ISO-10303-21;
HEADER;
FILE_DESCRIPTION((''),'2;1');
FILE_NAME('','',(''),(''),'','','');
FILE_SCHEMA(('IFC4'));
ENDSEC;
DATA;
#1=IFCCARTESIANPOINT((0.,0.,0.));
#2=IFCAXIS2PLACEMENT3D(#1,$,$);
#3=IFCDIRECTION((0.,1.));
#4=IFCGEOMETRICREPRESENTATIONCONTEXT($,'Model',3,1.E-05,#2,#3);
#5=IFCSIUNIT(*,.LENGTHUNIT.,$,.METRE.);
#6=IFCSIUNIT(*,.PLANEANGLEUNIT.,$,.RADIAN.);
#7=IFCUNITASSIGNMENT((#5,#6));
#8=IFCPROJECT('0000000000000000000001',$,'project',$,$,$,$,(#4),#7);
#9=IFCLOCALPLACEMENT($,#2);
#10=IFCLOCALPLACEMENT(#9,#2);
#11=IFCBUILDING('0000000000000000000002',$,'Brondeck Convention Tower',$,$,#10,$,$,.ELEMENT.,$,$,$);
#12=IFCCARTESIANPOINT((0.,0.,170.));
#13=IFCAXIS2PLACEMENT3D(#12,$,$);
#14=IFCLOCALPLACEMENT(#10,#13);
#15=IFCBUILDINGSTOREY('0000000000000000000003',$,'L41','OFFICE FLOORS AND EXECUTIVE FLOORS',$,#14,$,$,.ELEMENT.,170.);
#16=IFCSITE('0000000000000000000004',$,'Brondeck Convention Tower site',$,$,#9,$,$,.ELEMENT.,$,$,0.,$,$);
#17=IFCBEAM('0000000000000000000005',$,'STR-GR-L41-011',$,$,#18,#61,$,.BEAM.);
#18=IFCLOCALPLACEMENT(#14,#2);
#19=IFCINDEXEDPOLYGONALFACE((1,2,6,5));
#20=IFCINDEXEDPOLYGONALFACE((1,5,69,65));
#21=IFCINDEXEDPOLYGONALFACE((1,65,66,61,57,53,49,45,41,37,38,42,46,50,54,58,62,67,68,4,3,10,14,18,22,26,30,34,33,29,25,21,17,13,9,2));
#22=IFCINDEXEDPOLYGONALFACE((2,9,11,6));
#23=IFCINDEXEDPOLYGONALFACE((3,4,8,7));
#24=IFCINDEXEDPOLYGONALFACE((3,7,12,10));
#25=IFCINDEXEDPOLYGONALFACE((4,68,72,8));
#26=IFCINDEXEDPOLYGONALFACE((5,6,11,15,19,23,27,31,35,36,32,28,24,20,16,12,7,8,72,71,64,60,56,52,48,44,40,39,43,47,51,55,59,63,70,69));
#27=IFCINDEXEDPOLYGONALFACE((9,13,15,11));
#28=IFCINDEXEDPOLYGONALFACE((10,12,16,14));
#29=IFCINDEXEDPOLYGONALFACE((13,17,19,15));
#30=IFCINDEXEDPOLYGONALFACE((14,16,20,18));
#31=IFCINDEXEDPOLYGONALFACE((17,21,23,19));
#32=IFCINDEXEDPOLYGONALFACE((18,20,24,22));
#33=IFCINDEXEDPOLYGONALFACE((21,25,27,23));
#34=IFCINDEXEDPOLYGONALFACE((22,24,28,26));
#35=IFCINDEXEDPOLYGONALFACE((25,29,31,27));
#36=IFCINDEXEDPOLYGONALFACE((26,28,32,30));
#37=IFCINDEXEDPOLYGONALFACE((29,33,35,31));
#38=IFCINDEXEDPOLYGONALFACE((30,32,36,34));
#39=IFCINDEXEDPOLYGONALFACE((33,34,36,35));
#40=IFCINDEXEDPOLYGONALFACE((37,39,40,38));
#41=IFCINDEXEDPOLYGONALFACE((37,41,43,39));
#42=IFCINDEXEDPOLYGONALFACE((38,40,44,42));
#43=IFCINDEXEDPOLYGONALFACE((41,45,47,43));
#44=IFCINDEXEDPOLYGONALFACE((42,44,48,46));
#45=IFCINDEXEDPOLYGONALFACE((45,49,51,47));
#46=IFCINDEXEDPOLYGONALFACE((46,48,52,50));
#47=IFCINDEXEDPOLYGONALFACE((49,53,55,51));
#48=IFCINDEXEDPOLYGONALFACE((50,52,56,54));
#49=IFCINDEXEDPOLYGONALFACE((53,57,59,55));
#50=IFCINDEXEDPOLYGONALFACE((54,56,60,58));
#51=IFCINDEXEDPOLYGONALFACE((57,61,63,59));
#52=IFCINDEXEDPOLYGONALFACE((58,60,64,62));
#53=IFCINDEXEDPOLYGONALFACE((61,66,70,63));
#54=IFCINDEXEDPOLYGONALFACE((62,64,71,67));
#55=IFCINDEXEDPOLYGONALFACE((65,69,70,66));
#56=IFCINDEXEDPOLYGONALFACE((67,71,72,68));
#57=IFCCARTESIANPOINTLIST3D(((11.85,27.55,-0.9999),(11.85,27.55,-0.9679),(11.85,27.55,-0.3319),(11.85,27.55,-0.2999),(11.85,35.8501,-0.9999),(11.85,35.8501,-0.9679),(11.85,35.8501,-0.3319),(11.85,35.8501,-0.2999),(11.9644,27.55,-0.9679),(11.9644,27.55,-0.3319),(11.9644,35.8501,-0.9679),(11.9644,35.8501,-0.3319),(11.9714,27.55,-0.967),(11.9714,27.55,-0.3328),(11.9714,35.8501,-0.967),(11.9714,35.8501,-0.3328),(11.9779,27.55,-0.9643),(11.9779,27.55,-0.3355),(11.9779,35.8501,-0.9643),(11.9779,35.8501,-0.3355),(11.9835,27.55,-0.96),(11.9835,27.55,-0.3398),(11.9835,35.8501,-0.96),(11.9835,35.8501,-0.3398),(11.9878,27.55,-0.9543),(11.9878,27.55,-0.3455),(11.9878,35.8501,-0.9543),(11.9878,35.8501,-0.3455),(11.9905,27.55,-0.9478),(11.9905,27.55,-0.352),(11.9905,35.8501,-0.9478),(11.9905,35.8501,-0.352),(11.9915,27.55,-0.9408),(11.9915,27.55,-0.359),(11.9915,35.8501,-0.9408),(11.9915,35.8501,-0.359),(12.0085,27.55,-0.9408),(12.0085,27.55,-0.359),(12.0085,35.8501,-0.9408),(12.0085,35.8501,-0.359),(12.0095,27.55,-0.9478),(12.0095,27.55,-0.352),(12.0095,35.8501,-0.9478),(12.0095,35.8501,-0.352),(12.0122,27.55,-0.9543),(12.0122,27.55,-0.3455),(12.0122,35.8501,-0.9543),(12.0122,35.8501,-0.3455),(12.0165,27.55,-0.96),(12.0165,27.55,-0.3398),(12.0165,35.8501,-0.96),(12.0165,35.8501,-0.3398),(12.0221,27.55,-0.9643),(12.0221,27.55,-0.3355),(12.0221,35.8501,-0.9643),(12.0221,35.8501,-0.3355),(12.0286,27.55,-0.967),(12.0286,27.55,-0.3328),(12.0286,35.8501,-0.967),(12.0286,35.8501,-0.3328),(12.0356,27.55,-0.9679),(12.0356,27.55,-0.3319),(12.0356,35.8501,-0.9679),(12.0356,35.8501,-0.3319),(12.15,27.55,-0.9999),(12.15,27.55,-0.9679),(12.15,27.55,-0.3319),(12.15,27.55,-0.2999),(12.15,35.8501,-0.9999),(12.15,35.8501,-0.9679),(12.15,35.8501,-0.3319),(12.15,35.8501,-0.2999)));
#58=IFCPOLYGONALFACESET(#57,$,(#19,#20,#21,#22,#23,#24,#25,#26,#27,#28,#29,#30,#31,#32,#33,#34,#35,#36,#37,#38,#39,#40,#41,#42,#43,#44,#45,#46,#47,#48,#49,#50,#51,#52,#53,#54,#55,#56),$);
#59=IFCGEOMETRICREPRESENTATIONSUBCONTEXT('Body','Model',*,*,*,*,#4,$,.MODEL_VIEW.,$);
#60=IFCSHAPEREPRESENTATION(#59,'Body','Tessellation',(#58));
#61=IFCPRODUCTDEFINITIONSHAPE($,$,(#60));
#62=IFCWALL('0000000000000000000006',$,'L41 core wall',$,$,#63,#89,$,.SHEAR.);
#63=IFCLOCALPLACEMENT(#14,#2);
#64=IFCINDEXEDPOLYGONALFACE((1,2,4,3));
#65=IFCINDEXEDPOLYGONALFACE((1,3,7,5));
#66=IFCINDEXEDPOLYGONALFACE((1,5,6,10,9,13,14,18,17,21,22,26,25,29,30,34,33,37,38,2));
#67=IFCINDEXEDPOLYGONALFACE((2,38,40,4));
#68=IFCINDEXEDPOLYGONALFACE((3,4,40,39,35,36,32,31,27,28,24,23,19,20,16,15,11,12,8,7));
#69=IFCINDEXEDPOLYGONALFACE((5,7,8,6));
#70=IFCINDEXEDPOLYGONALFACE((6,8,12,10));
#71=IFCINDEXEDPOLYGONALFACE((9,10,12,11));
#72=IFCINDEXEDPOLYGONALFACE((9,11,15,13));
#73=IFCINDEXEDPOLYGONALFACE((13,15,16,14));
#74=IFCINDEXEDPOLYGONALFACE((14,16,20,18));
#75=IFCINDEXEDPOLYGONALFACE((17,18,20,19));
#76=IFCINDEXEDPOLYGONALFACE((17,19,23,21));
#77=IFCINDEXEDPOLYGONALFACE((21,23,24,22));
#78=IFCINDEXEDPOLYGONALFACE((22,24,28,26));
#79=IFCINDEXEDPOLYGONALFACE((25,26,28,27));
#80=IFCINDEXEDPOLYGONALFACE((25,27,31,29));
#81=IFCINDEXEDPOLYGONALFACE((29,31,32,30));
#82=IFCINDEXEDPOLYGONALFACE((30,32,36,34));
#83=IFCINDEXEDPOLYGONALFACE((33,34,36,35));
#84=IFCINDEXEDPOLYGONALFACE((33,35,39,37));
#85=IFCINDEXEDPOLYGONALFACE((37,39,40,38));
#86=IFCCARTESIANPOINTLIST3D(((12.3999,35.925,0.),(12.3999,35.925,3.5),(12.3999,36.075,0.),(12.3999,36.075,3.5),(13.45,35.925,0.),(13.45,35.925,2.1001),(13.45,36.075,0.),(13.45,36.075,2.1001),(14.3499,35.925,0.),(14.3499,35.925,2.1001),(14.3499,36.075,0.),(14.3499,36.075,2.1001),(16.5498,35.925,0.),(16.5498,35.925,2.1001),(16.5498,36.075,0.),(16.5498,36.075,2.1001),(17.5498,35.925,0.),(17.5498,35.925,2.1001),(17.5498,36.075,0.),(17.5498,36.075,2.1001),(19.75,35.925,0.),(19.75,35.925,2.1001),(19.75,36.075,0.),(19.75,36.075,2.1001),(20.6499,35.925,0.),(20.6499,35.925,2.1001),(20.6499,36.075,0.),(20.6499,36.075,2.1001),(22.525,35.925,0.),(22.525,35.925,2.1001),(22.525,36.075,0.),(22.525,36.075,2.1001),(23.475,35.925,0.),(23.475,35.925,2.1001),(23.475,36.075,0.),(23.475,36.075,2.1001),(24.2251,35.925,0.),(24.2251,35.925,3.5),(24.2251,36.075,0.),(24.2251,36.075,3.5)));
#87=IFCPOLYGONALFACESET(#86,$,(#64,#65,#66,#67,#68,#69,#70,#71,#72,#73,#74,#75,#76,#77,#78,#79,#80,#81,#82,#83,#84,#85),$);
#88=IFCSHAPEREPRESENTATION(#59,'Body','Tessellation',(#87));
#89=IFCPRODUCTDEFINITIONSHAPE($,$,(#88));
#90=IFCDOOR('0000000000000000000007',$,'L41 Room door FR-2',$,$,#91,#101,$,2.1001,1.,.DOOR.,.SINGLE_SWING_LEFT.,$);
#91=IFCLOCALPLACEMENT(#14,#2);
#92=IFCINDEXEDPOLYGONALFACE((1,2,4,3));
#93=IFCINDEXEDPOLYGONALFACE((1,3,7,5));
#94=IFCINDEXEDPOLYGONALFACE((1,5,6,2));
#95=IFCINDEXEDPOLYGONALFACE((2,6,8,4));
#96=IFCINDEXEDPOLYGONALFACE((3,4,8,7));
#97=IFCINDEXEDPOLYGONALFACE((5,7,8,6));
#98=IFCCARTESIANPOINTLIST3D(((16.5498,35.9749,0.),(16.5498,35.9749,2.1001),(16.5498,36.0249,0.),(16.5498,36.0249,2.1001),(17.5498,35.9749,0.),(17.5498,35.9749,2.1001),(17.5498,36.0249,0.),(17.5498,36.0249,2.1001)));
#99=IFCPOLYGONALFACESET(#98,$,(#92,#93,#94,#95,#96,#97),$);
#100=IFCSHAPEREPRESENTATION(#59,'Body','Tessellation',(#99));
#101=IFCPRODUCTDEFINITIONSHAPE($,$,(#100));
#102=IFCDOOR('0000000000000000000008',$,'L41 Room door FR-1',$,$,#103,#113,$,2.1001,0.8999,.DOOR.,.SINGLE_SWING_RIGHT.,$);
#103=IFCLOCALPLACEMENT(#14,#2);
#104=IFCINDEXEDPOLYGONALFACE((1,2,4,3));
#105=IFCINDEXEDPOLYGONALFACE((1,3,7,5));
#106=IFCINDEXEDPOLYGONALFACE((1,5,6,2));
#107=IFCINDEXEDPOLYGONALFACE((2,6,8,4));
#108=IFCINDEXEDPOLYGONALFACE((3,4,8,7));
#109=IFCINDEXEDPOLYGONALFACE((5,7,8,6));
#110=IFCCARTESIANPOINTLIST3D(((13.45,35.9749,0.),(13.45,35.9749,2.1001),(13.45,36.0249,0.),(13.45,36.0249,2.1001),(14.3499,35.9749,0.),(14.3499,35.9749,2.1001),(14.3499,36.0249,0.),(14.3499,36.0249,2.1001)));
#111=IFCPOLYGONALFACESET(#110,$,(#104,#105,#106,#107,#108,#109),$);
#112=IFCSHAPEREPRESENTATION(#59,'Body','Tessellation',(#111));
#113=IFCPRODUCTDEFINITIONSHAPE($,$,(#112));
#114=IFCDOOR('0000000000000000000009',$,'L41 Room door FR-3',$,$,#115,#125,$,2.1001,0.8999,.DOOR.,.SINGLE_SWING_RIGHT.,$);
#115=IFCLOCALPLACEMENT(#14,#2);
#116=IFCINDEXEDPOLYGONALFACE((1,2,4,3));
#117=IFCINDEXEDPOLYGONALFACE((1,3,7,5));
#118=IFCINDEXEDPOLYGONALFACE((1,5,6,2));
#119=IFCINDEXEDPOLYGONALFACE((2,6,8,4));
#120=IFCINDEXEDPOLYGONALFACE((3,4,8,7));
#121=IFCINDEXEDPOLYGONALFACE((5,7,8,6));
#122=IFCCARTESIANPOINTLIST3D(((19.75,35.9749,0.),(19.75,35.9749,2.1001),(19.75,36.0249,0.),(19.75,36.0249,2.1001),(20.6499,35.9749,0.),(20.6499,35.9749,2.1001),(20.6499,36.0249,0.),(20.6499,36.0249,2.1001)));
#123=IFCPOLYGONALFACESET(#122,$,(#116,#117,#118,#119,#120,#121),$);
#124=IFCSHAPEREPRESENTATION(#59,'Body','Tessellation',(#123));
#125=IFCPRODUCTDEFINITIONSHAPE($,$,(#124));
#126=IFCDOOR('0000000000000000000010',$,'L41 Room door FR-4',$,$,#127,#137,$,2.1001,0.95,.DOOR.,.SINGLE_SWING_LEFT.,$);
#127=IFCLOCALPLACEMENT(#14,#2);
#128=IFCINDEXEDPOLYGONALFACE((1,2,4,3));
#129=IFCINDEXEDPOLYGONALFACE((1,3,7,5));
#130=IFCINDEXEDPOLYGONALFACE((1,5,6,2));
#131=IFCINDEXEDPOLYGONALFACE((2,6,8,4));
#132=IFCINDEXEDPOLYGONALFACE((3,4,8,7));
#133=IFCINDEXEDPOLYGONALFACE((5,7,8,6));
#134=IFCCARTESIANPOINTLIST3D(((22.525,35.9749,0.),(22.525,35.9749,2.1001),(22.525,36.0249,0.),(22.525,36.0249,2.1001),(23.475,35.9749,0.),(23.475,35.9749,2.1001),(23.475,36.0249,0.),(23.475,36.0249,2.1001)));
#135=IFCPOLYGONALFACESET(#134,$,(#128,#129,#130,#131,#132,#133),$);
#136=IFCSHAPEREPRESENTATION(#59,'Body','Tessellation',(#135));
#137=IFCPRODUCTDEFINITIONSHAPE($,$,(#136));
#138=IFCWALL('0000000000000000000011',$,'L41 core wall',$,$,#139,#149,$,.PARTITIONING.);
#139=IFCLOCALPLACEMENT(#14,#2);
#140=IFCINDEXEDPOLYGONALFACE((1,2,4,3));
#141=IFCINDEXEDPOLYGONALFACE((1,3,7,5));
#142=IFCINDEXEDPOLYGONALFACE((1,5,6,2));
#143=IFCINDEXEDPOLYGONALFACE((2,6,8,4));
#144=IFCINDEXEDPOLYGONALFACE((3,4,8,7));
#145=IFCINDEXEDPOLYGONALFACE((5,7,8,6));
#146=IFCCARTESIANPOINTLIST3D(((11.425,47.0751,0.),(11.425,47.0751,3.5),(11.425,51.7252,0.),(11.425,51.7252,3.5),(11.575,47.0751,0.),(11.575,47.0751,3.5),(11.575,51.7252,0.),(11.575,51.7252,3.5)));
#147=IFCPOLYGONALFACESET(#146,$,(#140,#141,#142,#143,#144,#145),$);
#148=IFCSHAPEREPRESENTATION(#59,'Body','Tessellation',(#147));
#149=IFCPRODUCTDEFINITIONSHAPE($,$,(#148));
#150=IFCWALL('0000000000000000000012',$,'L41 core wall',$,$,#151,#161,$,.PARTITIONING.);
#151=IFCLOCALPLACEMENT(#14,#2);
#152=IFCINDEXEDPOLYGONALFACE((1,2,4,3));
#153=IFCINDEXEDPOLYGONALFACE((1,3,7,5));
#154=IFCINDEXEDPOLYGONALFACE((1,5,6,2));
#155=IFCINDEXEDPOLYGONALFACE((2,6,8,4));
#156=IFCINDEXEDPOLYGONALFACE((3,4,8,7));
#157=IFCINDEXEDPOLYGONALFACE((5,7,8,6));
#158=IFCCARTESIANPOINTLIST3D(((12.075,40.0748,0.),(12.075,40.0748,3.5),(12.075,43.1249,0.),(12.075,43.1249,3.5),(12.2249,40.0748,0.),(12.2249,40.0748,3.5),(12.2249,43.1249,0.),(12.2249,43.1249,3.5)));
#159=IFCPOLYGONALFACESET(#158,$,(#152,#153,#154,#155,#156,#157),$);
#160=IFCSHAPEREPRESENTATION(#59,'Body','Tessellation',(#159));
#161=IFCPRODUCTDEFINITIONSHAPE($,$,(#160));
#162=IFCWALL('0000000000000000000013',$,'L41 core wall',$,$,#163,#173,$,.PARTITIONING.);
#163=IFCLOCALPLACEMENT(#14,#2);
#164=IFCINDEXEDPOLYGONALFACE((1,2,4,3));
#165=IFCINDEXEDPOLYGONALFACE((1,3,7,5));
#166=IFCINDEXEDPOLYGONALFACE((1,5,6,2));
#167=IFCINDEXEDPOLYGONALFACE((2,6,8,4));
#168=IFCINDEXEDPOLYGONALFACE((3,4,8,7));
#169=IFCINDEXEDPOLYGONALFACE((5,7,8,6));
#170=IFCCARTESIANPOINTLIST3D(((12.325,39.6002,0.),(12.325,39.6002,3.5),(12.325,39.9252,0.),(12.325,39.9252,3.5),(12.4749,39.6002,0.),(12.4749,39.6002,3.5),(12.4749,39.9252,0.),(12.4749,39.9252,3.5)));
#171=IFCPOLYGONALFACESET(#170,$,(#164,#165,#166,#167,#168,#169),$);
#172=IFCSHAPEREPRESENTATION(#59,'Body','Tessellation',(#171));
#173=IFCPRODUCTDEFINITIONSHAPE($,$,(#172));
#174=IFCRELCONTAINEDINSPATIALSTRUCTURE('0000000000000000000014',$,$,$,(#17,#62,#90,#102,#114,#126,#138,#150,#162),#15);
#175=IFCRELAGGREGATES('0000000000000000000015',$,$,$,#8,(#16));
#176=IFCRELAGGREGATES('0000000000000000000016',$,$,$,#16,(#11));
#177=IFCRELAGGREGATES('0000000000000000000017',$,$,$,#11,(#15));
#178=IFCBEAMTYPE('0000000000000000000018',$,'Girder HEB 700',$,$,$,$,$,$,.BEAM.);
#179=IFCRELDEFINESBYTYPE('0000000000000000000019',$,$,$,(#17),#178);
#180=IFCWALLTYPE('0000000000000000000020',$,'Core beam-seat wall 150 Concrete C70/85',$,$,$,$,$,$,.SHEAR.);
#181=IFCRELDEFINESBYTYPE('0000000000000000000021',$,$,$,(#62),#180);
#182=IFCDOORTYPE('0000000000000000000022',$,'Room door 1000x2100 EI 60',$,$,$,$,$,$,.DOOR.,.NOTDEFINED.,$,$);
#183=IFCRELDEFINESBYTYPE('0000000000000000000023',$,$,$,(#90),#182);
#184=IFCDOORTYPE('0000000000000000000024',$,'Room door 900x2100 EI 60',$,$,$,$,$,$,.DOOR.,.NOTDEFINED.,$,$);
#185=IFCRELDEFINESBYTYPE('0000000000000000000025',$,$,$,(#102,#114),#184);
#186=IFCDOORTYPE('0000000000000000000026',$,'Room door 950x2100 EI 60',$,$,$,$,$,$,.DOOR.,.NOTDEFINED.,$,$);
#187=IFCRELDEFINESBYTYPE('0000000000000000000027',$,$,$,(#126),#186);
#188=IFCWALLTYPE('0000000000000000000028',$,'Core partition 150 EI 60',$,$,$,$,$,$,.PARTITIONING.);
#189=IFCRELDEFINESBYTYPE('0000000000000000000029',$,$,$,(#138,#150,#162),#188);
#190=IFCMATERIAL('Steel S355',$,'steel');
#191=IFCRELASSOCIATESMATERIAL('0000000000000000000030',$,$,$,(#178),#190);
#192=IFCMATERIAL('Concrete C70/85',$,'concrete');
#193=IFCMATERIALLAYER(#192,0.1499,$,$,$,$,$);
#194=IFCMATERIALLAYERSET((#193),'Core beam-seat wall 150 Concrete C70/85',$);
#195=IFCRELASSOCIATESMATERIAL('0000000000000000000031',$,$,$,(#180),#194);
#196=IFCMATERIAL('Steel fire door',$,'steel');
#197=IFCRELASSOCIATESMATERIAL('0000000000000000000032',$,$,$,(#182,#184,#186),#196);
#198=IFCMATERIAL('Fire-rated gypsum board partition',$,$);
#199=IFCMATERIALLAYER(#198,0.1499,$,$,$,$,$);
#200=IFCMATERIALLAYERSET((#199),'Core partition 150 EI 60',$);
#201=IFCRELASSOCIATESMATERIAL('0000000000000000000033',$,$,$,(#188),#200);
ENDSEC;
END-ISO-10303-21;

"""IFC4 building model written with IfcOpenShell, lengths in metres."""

from ifc_helpers import new_model, si_unit, direction, frame, frame_2d, origin, origin_2d, place, context, subcontext, project, spatial, rectangle, i_section, extrude, material, layer, layer_set, material_profile, profile_set, type_object, element, fill, save


model = new_model("IFC4")

# Units and contexts
model_context = context("Model", 3, precision=1e-05, world=origin(), true_north=direction((0.0, 1.0)))
body_context = subcontext(model_context, "Body", "Model", "MODEL_VIEW")
ifc_project = project(units=[si_unit("LENGTHUNIT", "METRE"), si_unit("PLANEANGLEUNIT", "RADIAN")], contexts=[model_context])

# Site, building, storey
site_placement = place(None, origin())
site = spatial("IfcSite", under=ifc_project, at=site_placement, Name="Brondeck Convention Tower site", CompositionType="ELEMENT", RefElevation=0.0)
building_placement = place(site_placement, origin())
building = spatial("IfcBuilding", under=site, at=building_placement, Name="Brondeck Convention Tower", CompositionType="ELEMENT")
storey_placement = place(building_placement, frame((0.0, 0.0, 170.0)))
storey = spatial("IfcBuildingStorey", under=building, at=storey_placement, Name="L41", Description="OFFICE FLOORS AND EXECUTIVE FLOORS", CompositionType="ELEMENT", Elevation=170.0)

# Beam
ifc_material_1 = material(Name="Steel S355", Category="steel")
ifc_material_profile = material_profile(ifc_material_1, i_section(OverallWidth=0.3, OverallDepth=0.7, WebThickness=0.0171, FlangeThickness=0.032, FilletRadius=0.0271, at=origin_2d()), Name="HEB 700")
ifc_profile_set = profile_set([ifc_material_profile], Name="Steel S355")
beam_type = type_object("IfcBeamType", Name="Girder HEB 700", PredefinedType="BEAM", material=ifc_profile_set)
beam_placement = place(storey_placement, frame((12.0, 35.8501, -0.6499), z_axis=(0.0, -1.0, 0.0), x_axis=(1.0, 0.0, 0.0)))
element("IfcBeam", 1, at=beam_placement, inside=storey, type_object=beam_type, Name="STR-GR-L41-011", PredefinedType="BEAM", context=body_context, shape_type="SweptSolid", body=[
    extrude(i_section(OverallWidth=0.3, OverallDepth=0.7, WebThickness=0.0171, FlangeThickness=0.032, FilletRadius=0.0271, at=origin_2d()), origin(), (0.0, 0.0, 1.0), 8.3),
])

# Wall, openings, doors
ifc_material_2 = material(Name="Concrete C70/85", Category="concrete")
ifc_layer_1 = layer(ifc_material_2, 0.1499)
ifc_layer_set_1 = layer_set([ifc_layer_1], Name="Core beam-seat wall 150 Concrete C70/85")
wall_type_1 = type_object("IfcWallType", Name="Core beam-seat wall 150 Concrete C70/85", PredefinedType="SHEAR", material=ifc_layer_set_1)
wall_1_placement = place(storey_placement, frame((12.3999, 36.0, 0.0), z_axis=(0.0, 0.0, 1.0), x_axis=(1.0, 0.0, 0.0)))
wall_1 = element("IfcWall", 2, at=wall_1_placement, inside=storey, type_object=wall_type_1, Name="L41 core wall", PredefinedType="SHEAR", context=body_context, shape_type="SweptSolid", body=[
    extrude(rectangle(XDim=11.8252, YDim=0.1499, at=frame_2d((5.9126, 0.0))), origin(), (0.0, 0.0, 1.0), 3.5),
])
opening_1_placement = place(wall_1_placement, frame((1.05, 0.0, 0.0)))
opening_1 = element("IfcOpeningElement", 3, at=opening_1_placement, cuts=wall_1, PredefinedType="OPENING", context=body_context, shape_type="SweptSolid", body=[
    extrude(rectangle(XDim=0.8999, YDim=2.1001, at=frame_2d((0.45, 1.05))), frame((0.0, 0.085, 0.0), z_axis=(0.0, -1.0, 0.0), x_axis=(1.0, 0.0, 0.0)), (0.0, 0.0, 1.0), 0.1699),
])
opening_2_placement = place(wall_1_placement, frame((4.1499, 0.0, 0.0)))
opening_2 = element("IfcOpeningElement", 4, at=opening_2_placement, cuts=wall_1, PredefinedType="OPENING", context=body_context, shape_type="SweptSolid", body=[
    extrude(rectangle(XDim=1.0, YDim=2.1001, at=frame_2d((0.5, 1.05))), frame((0.0, 0.085, 0.0), z_axis=(0.0, -1.0, 0.0), x_axis=(1.0, 0.0, 0.0)), (0.0, 0.0, 1.0), 0.1699),
])
opening_3_placement = place(wall_1_placement, frame((7.3501, 0.0, 0.0)))
opening_3 = element("IfcOpeningElement", 5, at=opening_3_placement, cuts=wall_1, PredefinedType="OPENING", context=body_context, shape_type="SweptSolid", body=[
    extrude(rectangle(XDim=0.8999, YDim=2.1001, at=frame_2d((0.45, 1.05))), frame((0.0, 0.085, 0.0), z_axis=(0.0, -1.0, 0.0), x_axis=(1.0, 0.0, 0.0)), (0.0, 0.0, 1.0), 0.1699),
])
opening_4_placement = place(wall_1_placement, frame((10.125, 0.0, 0.0)))
opening_4 = element("IfcOpeningElement", 6, at=opening_4_placement, cuts=wall_1, PredefinedType="OPENING", context=body_context, shape_type="SweptSolid", body=[
    extrude(rectangle(XDim=0.95, YDim=2.1001, at=frame_2d((0.4751, 1.05))), frame((0.0, 0.085, 0.0), z_axis=(0.0, -1.0, 0.0), x_axis=(1.0, 0.0, 0.0)), (0.0, 0.0, 1.0), 0.1699),
])
ifc_material_3 = material(Name="Steel fire door", Category="steel")
door_type_1 = type_object("IfcDoorType", Name="Room door 1000x2100 EI 60", OperationType="NOTDEFINED", PredefinedType="DOOR", material=ifc_material_3)
door_1_placement = place(opening_2_placement, origin())
door_1 = element("IfcDoor", 7, at=door_1_placement, inside=storey, type_object=door_type_1, Name="L41 Room door FR-2", OperationType="SINGLE_SWING_LEFT", OverallHeight=2.1001, OverallWidth=1.0, PredefinedType="DOOR", context=body_context, shape_type="SweptSolid", body=[
    extrude(rectangle(XDim=1.0, YDim=2.1001, at=frame_2d((0.5, 1.05))), frame((0.0, 0.0249, 0.0), z_axis=(0.0, -1.0, 0.0), x_axis=(1.0, 0.0, 0.0)), (0.0, 0.0, 1.0), 0.05),
])
fill(opening_2, door_1)
door_type_2 = type_object("IfcDoorType", Name="Room door 900x2100 EI 60", OperationType="NOTDEFINED", PredefinedType="DOOR", material=ifc_material_3)
door_2_placement = place(opening_1_placement, origin())
door_2 = element("IfcDoor", 8, at=door_2_placement, inside=storey, type_object=door_type_2, Name="L41 Room door FR-1", OperationType="SINGLE_SWING_RIGHT", OverallHeight=2.1001, OverallWidth=0.8999, PredefinedType="DOOR", context=body_context, shape_type="SweptSolid", body=[
    extrude(rectangle(XDim=0.8999, YDim=2.1001, at=frame_2d((0.45, 1.05))), frame((0.0, 0.0249, 0.0), z_axis=(0.0, -1.0, 0.0), x_axis=(1.0, 0.0, 0.0)), (0.0, 0.0, 1.0), 0.05),
])
fill(opening_1, door_2)
door_3_placement = place(opening_3_placement, origin())
door_3 = element("IfcDoor", 9, at=door_3_placement, inside=storey, type_object=door_type_2, Name="L41 Room door FR-3", OperationType="SINGLE_SWING_RIGHT", OverallHeight=2.1001, OverallWidth=0.8999, PredefinedType="DOOR", context=body_context, shape_type="SweptSolid", body=[
    extrude(rectangle(XDim=0.8999, YDim=2.1001, at=frame_2d((0.45, 1.05))), frame((0.0, 0.0249, 0.0), z_axis=(0.0, -1.0, 0.0), x_axis=(1.0, 0.0, 0.0)), (0.0, 0.0, 1.0), 0.05),
])
fill(opening_3, door_3)
door_type_3 = type_object("IfcDoorType", Name="Room door 950x2100 EI 60", OperationType="NOTDEFINED", PredefinedType="DOOR", material=ifc_material_3)
door_4_placement = place(opening_4_placement, origin())
door_4 = element("IfcDoor", 10, at=door_4_placement, inside=storey, type_object=door_type_3, Name="L41 Room door FR-4", OperationType="SINGLE_SWING_LEFT", OverallHeight=2.1001, OverallWidth=0.95, PredefinedType="DOOR", context=body_context, shape_type="SweptSolid", body=[
    extrude(rectangle(XDim=0.95, YDim=2.1001, at=frame_2d((0.4751, 1.05))), frame((0.0, 0.0249, 0.0), z_axis=(0.0, -1.0, 0.0), x_axis=(1.0, 0.0, 0.0)), (0.0, 0.0, 1.0), 0.05),
])
fill(opening_4, door_4)

# Walls
ifc_material_4 = material(Name="Fire-rated gypsum board partition")
ifc_layer_2 = layer(ifc_material_4, 0.1499)
ifc_layer_set_2 = layer_set([ifc_layer_2], Name="Core partition 150 EI 60")
wall_type_2 = type_object("IfcWallType", Name="Core partition 150 EI 60", PredefinedType="PARTITIONING", material=ifc_layer_set_2)
wall_2_placement = place(storey_placement, frame((11.5, 47.075, 0.0), z_axis=(0.0, 0.0, 1.0), x_axis=(0.0, 1.0, 0.0)))
element("IfcWall", 11, at=wall_2_placement, inside=storey, type_object=wall_type_2, Name="L41 core wall", PredefinedType="PARTITIONING", context=body_context, shape_type="SweptSolid", body=[
    extrude(rectangle(XDim=4.6501, YDim=0.1499, at=frame_2d((2.3252, 0.0))), origin(), (0.0, 0.0, 1.0), 3.5),
])
wall_3_placement = place(storey_placement, frame((12.1499, 40.075, 0.0), z_axis=(0.0, 0.0, 1.0), x_axis=(0.0, 1.0, 0.0)))
element("IfcWall", 12, at=wall_3_placement, inside=storey, type_object=wall_type_2, Name="L41 core wall", PredefinedType="PARTITIONING", context=body_context, shape_type="SweptSolid", body=[
    extrude(rectangle(XDim=3.05, YDim=0.1499, at=frame_2d((1.5249, 0.0))), origin(), (0.0, 0.0, 1.0), 3.5),
])
wall_4_placement = place(storey_placement, frame((12.3999, 39.6001, 0.0), z_axis=(0.0, 0.0, 1.0), x_axis=(0.0, 1.0, 0.0)))
element("IfcWall", 13, at=wall_4_placement, inside=storey, type_object=wall_type_2, Name="L41 core wall", PredefinedType="PARTITIONING", context=body_context, shape_type="SweptSolid", body=[
    extrude(rectangle(XDim=0.325, YDim=0.1499, at=frame_2d((0.1626, 0.0))), origin(), (0.0, 0.0, 1.0), 3.5),
])

save(model, "model.ifc")
